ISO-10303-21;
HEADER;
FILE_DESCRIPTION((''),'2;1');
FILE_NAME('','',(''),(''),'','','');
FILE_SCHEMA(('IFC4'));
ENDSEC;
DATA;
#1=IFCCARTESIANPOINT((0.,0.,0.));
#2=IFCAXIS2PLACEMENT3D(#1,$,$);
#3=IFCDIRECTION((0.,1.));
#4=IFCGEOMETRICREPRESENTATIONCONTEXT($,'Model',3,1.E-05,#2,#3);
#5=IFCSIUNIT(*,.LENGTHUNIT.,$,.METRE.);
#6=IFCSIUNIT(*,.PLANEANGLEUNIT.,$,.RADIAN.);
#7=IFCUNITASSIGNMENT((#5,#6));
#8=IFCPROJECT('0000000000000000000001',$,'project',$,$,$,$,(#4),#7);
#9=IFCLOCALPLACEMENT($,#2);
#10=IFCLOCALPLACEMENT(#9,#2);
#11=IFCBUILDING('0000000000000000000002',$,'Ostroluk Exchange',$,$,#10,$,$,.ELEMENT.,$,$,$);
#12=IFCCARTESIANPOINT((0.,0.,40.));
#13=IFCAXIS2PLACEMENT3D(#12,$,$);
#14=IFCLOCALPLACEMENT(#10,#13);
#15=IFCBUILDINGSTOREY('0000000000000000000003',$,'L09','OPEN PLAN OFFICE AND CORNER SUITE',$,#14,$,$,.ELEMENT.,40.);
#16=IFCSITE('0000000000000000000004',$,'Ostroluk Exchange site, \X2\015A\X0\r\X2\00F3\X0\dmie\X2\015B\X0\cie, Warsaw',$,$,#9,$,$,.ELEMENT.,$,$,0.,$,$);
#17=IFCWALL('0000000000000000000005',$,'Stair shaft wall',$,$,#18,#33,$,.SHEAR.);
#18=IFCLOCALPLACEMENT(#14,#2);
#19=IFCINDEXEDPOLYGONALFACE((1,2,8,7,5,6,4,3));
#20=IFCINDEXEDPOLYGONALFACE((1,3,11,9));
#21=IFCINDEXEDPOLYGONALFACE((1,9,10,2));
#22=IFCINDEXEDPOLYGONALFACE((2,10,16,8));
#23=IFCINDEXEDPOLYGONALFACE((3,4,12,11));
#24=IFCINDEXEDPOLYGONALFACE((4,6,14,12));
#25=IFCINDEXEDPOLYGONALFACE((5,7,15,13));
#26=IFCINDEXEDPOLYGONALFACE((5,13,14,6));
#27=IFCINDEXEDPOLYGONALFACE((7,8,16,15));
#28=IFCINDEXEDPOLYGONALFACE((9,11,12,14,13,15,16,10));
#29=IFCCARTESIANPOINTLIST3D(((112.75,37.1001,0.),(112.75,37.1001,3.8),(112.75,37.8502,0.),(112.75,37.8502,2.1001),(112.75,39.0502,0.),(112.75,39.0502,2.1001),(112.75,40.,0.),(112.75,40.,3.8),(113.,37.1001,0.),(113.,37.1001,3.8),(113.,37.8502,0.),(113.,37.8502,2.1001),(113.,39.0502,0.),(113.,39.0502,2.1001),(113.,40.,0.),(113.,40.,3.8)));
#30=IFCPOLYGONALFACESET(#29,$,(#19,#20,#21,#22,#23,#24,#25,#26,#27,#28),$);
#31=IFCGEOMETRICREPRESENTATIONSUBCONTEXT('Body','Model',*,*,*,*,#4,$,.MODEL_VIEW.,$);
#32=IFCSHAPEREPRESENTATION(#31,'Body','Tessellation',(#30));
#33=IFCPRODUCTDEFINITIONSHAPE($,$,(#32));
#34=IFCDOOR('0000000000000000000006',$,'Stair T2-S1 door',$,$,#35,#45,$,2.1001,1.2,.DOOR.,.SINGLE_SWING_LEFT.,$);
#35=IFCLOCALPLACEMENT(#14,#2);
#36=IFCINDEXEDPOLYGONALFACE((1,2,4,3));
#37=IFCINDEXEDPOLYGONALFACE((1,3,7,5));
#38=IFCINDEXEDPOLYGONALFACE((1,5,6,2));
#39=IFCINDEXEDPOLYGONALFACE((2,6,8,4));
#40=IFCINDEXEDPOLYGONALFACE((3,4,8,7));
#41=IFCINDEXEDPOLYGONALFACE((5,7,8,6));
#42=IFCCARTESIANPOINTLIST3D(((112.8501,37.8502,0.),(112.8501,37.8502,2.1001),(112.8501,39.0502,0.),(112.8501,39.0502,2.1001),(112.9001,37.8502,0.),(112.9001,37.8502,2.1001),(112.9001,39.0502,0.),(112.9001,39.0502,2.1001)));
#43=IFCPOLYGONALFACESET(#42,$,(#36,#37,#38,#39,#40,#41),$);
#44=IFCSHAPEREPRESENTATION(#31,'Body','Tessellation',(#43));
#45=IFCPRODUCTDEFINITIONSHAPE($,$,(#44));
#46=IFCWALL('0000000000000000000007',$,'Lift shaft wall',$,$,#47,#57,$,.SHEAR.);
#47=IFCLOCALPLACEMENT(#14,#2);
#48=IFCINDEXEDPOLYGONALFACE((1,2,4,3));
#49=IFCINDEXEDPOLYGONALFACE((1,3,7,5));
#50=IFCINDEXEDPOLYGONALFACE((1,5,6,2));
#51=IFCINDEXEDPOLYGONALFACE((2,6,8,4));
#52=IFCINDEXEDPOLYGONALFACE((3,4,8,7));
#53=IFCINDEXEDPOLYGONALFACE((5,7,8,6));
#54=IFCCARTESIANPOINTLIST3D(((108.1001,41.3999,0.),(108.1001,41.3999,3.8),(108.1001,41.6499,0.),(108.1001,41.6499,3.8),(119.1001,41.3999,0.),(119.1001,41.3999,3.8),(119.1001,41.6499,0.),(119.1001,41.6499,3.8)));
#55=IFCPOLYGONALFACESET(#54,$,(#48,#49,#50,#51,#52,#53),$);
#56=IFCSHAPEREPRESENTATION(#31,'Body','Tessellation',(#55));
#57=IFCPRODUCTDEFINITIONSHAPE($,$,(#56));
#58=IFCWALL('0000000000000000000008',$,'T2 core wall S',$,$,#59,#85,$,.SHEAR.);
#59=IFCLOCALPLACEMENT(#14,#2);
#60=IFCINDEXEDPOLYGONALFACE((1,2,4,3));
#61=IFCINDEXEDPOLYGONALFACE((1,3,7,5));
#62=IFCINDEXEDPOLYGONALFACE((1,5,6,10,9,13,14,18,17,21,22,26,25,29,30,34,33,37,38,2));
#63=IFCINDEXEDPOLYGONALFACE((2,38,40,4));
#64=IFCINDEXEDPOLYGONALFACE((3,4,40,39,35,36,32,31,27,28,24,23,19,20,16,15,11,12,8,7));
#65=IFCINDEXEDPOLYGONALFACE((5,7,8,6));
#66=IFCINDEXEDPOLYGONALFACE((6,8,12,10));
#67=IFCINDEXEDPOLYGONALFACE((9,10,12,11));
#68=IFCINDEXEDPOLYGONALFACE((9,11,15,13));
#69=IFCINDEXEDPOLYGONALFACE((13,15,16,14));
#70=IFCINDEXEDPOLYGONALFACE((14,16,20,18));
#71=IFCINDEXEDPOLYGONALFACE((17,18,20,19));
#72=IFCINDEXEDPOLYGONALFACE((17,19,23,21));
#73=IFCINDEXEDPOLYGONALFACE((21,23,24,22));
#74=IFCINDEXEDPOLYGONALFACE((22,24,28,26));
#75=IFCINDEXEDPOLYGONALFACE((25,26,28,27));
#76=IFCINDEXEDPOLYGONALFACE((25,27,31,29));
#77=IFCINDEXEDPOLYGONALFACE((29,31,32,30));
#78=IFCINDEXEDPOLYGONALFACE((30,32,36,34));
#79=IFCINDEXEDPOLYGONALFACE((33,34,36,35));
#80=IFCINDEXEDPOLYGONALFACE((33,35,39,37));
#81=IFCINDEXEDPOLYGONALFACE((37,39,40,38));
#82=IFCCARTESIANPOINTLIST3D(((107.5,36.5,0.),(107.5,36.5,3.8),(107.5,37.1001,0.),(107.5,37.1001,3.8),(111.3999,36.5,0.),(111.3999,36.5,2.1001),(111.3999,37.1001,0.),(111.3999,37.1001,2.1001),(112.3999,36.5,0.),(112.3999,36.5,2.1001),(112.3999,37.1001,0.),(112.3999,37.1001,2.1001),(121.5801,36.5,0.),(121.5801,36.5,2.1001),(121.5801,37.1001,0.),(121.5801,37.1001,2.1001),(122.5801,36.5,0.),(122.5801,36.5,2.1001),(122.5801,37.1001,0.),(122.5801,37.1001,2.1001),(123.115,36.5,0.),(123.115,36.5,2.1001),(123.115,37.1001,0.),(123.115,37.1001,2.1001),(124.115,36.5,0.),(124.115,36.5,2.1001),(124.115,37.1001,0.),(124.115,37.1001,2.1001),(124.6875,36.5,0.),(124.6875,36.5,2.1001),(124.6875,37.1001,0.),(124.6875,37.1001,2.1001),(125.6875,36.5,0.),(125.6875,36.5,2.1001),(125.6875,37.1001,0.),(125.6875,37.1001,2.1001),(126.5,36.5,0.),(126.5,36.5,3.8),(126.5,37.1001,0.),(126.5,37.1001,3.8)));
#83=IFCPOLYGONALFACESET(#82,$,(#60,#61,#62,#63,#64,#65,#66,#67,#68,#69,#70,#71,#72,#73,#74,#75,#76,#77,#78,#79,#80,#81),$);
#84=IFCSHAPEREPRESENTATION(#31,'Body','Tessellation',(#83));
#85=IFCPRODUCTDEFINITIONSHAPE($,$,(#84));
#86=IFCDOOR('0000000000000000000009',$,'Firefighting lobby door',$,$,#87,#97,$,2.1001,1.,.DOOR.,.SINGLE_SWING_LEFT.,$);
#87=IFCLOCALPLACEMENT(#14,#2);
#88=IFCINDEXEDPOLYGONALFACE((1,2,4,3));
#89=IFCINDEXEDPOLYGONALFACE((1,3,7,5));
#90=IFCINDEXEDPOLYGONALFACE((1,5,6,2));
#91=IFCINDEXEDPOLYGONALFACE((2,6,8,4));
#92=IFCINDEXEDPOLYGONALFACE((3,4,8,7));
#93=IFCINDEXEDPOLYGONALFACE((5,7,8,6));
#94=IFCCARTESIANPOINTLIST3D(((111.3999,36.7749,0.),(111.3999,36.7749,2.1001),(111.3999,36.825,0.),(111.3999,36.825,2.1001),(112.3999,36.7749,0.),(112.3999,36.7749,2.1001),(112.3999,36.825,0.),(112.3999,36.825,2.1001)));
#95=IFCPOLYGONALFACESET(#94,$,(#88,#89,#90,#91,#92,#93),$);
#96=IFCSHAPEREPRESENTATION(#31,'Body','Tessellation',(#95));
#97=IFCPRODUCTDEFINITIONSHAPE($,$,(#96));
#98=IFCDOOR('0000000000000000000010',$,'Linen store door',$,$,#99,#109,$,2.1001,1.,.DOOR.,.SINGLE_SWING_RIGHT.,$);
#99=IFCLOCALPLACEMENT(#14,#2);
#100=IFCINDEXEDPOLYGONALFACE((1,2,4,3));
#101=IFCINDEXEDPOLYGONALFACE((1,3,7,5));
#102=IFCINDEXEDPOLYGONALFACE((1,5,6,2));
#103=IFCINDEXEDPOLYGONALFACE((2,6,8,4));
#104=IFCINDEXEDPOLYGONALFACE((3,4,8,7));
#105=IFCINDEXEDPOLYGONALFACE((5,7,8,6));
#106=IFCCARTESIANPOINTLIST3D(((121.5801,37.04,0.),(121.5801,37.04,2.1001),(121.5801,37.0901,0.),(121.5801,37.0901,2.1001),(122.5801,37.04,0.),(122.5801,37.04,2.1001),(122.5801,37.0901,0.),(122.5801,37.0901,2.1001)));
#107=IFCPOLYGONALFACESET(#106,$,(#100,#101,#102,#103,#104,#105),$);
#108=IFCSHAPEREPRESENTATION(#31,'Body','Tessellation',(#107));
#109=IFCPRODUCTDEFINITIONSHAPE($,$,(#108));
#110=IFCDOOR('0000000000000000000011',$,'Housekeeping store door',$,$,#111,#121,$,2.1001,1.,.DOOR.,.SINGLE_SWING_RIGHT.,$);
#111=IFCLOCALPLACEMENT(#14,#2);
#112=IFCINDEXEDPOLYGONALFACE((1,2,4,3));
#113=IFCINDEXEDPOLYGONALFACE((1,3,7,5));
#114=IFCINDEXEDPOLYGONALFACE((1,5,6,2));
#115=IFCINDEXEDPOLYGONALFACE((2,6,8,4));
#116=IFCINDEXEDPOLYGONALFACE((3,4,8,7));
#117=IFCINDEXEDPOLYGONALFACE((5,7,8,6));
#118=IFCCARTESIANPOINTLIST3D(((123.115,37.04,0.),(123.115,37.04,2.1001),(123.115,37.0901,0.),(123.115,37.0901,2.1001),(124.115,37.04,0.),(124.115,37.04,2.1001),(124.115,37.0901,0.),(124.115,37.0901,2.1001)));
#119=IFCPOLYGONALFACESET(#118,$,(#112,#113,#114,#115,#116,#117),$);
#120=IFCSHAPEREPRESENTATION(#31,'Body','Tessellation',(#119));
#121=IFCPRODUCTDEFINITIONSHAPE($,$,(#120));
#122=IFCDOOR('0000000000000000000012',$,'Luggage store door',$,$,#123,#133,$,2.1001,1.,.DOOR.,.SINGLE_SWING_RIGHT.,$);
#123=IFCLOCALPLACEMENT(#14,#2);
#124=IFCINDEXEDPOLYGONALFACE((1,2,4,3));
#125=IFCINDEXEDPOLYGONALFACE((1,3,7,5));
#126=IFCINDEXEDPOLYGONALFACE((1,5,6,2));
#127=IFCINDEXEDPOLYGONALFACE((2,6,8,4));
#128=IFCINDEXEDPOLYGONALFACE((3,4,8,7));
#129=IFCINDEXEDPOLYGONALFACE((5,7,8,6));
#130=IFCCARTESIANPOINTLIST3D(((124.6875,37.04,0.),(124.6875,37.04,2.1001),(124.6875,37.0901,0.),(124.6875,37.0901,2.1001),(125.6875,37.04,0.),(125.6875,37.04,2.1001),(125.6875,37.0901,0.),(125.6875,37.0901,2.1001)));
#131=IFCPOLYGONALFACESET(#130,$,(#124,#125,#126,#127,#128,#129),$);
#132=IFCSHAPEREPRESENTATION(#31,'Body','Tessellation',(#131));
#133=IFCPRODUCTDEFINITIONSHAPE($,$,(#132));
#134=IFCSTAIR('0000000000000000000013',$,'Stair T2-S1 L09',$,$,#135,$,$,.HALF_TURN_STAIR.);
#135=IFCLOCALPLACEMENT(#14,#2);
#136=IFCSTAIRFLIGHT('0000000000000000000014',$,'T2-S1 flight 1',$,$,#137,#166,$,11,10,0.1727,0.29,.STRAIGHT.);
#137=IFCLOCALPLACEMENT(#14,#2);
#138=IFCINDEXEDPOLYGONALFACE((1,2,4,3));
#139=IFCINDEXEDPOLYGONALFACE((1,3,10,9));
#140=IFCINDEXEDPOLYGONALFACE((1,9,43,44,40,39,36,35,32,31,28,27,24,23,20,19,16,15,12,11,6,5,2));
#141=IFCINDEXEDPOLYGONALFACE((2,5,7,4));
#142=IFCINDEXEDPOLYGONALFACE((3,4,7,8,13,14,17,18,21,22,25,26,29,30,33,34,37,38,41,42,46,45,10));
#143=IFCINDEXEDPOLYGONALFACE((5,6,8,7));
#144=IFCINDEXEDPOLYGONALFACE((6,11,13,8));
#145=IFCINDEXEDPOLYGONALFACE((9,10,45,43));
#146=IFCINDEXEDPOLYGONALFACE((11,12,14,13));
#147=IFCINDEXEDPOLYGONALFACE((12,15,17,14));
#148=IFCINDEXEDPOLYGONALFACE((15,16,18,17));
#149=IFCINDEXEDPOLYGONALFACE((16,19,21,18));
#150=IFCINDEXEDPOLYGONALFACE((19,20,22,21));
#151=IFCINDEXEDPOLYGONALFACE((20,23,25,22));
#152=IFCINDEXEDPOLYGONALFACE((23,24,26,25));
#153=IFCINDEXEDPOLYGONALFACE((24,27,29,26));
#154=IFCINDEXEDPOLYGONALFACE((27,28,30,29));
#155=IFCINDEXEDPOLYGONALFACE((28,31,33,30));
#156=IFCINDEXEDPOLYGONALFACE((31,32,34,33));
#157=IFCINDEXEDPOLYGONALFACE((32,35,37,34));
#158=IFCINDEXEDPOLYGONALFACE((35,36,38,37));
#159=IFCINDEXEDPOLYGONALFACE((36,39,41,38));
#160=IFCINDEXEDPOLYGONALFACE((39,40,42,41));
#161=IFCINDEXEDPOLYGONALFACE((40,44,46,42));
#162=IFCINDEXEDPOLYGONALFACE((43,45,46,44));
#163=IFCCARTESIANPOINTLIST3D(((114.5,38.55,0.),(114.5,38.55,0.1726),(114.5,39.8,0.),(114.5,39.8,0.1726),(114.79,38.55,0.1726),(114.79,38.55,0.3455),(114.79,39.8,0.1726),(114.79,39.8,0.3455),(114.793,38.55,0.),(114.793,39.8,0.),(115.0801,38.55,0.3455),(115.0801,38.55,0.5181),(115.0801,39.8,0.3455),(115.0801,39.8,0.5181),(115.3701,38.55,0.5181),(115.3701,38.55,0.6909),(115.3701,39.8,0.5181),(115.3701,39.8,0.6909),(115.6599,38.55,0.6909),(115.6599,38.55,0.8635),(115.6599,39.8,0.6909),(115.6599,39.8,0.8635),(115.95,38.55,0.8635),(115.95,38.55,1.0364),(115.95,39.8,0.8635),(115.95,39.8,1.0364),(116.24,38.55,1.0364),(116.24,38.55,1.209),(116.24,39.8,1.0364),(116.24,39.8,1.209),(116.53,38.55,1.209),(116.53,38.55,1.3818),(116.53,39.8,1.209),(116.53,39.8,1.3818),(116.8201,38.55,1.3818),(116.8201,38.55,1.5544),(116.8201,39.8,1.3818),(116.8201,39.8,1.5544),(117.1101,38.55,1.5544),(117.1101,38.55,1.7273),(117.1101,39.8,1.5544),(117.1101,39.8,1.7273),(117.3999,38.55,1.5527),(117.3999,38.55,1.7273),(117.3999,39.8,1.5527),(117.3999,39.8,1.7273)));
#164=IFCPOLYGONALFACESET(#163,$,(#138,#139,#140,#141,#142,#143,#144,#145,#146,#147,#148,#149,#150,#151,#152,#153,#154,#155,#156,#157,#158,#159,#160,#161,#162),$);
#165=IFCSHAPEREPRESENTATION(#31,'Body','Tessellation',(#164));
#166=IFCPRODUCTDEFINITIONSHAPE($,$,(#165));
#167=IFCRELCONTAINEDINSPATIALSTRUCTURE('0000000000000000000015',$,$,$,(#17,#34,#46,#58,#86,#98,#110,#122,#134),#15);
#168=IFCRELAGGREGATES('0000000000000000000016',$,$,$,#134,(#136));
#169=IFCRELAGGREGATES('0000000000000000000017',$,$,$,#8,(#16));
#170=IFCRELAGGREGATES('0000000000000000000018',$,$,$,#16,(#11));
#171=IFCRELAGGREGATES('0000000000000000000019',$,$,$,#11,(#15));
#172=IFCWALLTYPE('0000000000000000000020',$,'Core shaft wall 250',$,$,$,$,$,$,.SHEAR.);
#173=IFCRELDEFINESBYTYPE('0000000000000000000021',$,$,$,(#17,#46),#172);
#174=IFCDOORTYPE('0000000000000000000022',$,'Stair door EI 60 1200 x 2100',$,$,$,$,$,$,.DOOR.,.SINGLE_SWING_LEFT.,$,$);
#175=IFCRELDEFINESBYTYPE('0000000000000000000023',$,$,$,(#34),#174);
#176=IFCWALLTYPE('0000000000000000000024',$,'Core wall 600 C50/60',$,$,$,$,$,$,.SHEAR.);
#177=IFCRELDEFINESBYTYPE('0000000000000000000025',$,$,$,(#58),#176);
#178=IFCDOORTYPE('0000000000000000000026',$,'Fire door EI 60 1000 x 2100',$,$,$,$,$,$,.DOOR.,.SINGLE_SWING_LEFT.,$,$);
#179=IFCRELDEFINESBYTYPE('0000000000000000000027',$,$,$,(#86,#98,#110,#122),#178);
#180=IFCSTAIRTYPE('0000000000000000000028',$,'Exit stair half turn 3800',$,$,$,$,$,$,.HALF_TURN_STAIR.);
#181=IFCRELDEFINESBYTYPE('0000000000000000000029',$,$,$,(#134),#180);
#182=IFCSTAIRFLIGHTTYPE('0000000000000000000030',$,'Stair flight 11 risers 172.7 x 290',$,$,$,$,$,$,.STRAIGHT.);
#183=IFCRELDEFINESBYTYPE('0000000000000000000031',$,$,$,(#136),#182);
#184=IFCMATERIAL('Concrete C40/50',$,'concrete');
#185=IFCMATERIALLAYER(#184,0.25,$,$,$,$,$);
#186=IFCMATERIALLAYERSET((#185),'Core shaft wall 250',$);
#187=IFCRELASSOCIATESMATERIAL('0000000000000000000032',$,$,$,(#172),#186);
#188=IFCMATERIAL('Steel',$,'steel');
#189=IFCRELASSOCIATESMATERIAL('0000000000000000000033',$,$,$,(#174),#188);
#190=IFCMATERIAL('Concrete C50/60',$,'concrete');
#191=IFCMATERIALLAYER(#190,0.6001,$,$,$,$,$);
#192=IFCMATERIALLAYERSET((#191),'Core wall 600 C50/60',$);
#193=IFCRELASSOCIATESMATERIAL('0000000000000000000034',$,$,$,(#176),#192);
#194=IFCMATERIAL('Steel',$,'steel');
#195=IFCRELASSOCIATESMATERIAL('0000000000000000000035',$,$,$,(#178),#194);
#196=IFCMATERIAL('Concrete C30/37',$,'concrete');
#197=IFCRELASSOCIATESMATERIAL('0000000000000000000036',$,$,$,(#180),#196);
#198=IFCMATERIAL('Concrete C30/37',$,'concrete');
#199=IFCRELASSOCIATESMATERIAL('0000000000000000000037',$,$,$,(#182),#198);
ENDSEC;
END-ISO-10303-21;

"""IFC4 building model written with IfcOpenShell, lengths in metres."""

from ifc_helpers import new_model, si_unit, direction, frame, frame_2d, origin, place, context, subcontext, project, spatial, polyline, rectangle, outline, extrude, material, layer, layer_set, type_object, element, fill, aggregate, save


model = new_model("IFC4")

# Units and contexts
model_context = context("Model", 3, precision=1e-05, world=origin(), true_north=direction((0.0, 1.0)))
body_context = subcontext(model_context, "Body", "Model", "MODEL_VIEW")
ifc_project = project(units=[si_unit("LENGTHUNIT", "METRE"), si_unit("PLANEANGLEUNIT", "RADIAN")], contexts=[model_context])

# Site, building, storey
site_placement = place(None, origin())
site = spatial("IfcSite", under=ifc_project, at=site_placement, Name="Ostroluk Exchange site, Śródmieście, Warsaw", CompositionType="ELEMENT", RefElevation=0.0)
building_placement = place(site_placement, origin())
building = spatial("IfcBuilding", under=site, at=building_placement, Name="Ostroluk Exchange", CompositionType="ELEMENT")
storey_placement = place(building_placement, frame((0.0, 0.0, 40.0)))
storey = spatial("IfcBuildingStorey", under=building, at=storey_placement, Name="L09", Description="OPEN PLAN OFFICE AND CORNER SUITE", CompositionType="ELEMENT", Elevation=40.0)

# Wall, opening, door
ifc_material_1 = material(Name="Concrete C40/50", Category="concrete")
ifc_layer_1 = layer(ifc_material_1, 0.25)
ifc_layer_set_1 = layer_set([ifc_layer_1], Name="Core shaft wall 250")
wall_type_1 = type_object("IfcWallType", Name="Core shaft wall 250", PredefinedType="SHEAR", material=ifc_layer_set_1)
wall_1_placement = place(storey_placement, frame((112.875, 37.1001, 0.0), z_axis=(0.0, 0.0, 1.0), x_axis=(0.0, 1.0, 0.0)))
wall_1 = element("IfcWall", 1, at=wall_1_placement, inside=storey, type_object=wall_type_1, Name="Stair shaft wall", PredefinedType="SHEAR", context=body_context, shape_type="SweptSolid", body=[
    extrude(rectangle(XDim=2.8999, YDim=0.25, at=frame_2d((1.45, 0.0))), origin(), (0.0, 0.0, 1.0), 3.8),
])
opening_1_placement = place(wall_1_placement, frame((0.75, 0.0, 0.0)))
opening_1 = element("IfcOpeningElement", 2, at=opening_1_placement, cuts=wall_1, PredefinedType="OPENING", context=body_context, shape_type="SweptSolid", body=[
    extrude(rectangle(XDim=1.2, YDim=2.1001, at=frame_2d((0.6001, 1.05))), frame((0.0, 0.135, 0.0), z_axis=(0.0, -1.0, 0.0), x_axis=(1.0, 0.0, 0.0)), (0.0, 0.0, 1.0), 0.27),
])
ifc_material_2 = material(Name="Steel", Category="steel")
door_type_1 = type_object("IfcDoorType", Name="Stair door EI 60 1200 x 2100", OperationType="SINGLE_SWING_LEFT", PredefinedType="DOOR", material=ifc_material_2)
door_1_placement = place(opening_1_placement, origin())
door_1 = element("IfcDoor", 3, at=door_1_placement, inside=storey, type_object=door_type_1, Name="Stair T2-S1 door", OperationType="SINGLE_SWING_LEFT", OverallHeight=2.1001, OverallWidth=1.2, PredefinedType="DOOR", context=body_context, shape_type="SweptSolid", body=[
    extrude(rectangle(XDim=1.2, YDim=2.1001, at=frame_2d((0.6001, 1.05))), frame((0.0, 0.0249, 0.0), z_axis=(0.0, -1.0, 0.0), x_axis=(1.0, 0.0, 0.0)), (0.0, 0.0, 1.0), 0.05),
])
fill(opening_1, door_1)

# Wall
wall_2_placement = place(storey_placement, frame((108.1001, 41.5249, 0.0), z_axis=(0.0, 0.0, 1.0), x_axis=(1.0, 0.0, 0.0)))
element("IfcWall", 4, at=wall_2_placement, inside=storey, type_object=wall_type_1, Name="Lift shaft wall", PredefinedType="SHEAR", context=body_context, shape_type="SweptSolid", body=[
    extrude(rectangle(XDim=11.0, YDim=0.25, at=frame_2d((5.5, 0.0))), origin(), (0.0, 0.0, 1.0), 3.8),
])

# Wall, openings, doors
ifc_material_3 = material(Name="Concrete C50/60", Category="concrete")
ifc_layer_2 = layer(ifc_material_3, 0.6001)
ifc_layer_set_2 = layer_set([ifc_layer_2], Name="Core wall 600 C50/60")
wall_type_2 = type_object("IfcWallType", Name="Core wall 600 C50/60", PredefinedType="SHEAR", material=ifc_layer_set_2)
wall_3_placement = place(storey_placement, frame((107.5, 36.8, 0.0), z_axis=(0.0, 0.0, 1.0), x_axis=(1.0, 0.0, 0.0)))
wall_3 = element("IfcWall", 5, at=wall_3_placement, inside=storey, type_object=wall_type_2, Name="T2 core wall S", PredefinedType="SHEAR", context=body_context, shape_type="SweptSolid", body=[
    extrude(rectangle(XDim=19.0, YDim=0.6001, at=frame_2d((9.5, 0.0))), origin(), (0.0, 0.0, 1.0), 3.8),
])
opening_2_placement = place(wall_3_placement, frame((3.8999, 0.0, 0.0)))
opening_2 = element("IfcOpeningElement", 6, at=opening_2_placement, cuts=wall_3, PredefinedType="OPENING", context=body_context, shape_type="SweptSolid", body=[
    extrude(rectangle(XDim=1.0, YDim=2.1001, at=frame_2d((0.5, 1.05))), frame((0.0, 0.3101, 0.0), z_axis=(0.0, -1.0, 0.0), x_axis=(1.0, 0.0, 0.0)), (0.0, 0.0, 1.0), 0.6201),
])
opening_3_placement = place(wall_3_placement, frame((14.0801, 0.0, 0.0)))
opening_3 = element("IfcOpeningElement", 7, at=opening_3_placement, cuts=wall_3, PredefinedType="OPENING", context=body_context, shape_type="SweptSolid", body=[
    extrude(rectangle(XDim=1.0, YDim=2.1001, at=frame_2d((0.5, 1.05))), frame((0.0, 0.3101, 0.0), z_axis=(0.0, -1.0, 0.0), x_axis=(1.0, 0.0, 0.0)), (0.0, 0.0, 1.0), 0.6201),
])
opening_4_placement = place(wall_3_placement, frame((15.615, 0.0, 0.0)))
opening_4 = element("IfcOpeningElement", 8, at=opening_4_placement, cuts=wall_3, PredefinedType="OPENING", context=body_context, shape_type="SweptSolid", body=[
    extrude(rectangle(XDim=1.0, YDim=2.1001, at=frame_2d((0.5, 1.05))), frame((0.0, 0.3101, 0.0), z_axis=(0.0, -1.0, 0.0), x_axis=(1.0, 0.0, 0.0)), (0.0, 0.0, 1.0), 0.6201),
])
opening_5_placement = place(wall_3_placement, frame((17.1875, 0.0, 0.0)))
opening_5 = element("IfcOpeningElement", 9, at=opening_5_placement, cuts=wall_3, PredefinedType="OPENING", context=body_context, shape_type="SweptSolid", body=[
    extrude(rectangle(XDim=1.0, YDim=2.1001, at=frame_2d((0.5, 1.05))), frame((0.0, 0.3101, 0.0), z_axis=(0.0, -1.0, 0.0), x_axis=(1.0, 0.0, 0.0)), (0.0, 0.0, 1.0), 0.6201),
])
ifc_material_4 = material(Name="Steel", Category="steel")
door_type_2 = type_object("IfcDoorType", Name="Fire door EI 60 1000 x 2100", OperationType="SINGLE_SWING_LEFT", PredefinedType="DOOR", material=ifc_material_4)
door_2_placement = place(opening_2_placement, origin())
door_2 = element("IfcDoor", 10, at=door_2_placement, inside=storey, type_object=door_type_2, Name="Firefighting lobby door", OperationType="SINGLE_SWING_LEFT", OverallHeight=2.1001, OverallWidth=1.0, PredefinedType="DOOR", context=body_context, shape_type="SweptSolid", body=[
    extrude(rectangle(XDim=1.0, YDim=2.1001, at=frame_2d((0.5, 1.05))), frame((0.0, 0.0249, 0.0), z_axis=(0.0, -1.0, 0.0), x_axis=(1.0, 0.0, 0.0)), (0.0, 0.0, 1.0), 0.05),
])
fill(opening_2, door_2)
door_3_placement = place(opening_3_placement, origin())
door_3 = element("IfcDoor", 11, at=door_3_placement, inside=storey, type_object=door_type_2, Name="Linen store door", OperationType="SINGLE_SWING_RIGHT", OverallHeight=2.1001, OverallWidth=1.0, PredefinedType="DOOR", context=body_context, shape_type="SweptSolid", body=[
    extrude(rectangle(XDim=1.0, YDim=2.1001, at=frame_2d((0.5, 1.05))), frame((0.0, 0.29, 0.0), z_axis=(0.0, -1.0, 0.0), x_axis=(1.0, 0.0, 0.0)), (0.0, 0.0, 1.0), 0.05),
])
fill(opening_3, door_3)
door_4_placement = place(opening_4_placement, origin())
door_4 = element("IfcDoor", 12, at=door_4_placement, inside=storey, type_object=door_type_2, Name="Housekeeping store door", OperationType="SINGLE_SWING_RIGHT", OverallHeight=2.1001, OverallWidth=1.0, PredefinedType="DOOR", context=body_context, shape_type="SweptSolid", body=[
    extrude(rectangle(XDim=1.0, YDim=2.1001, at=frame_2d((0.5, 1.05))), frame((0.0, 0.29, 0.0), z_axis=(0.0, -1.0, 0.0), x_axis=(1.0, 0.0, 0.0)), (0.0, 0.0, 1.0), 0.05),
])
fill(opening_4, door_4)
door_5_placement = place(opening_5_placement, origin())
door_5 = element("IfcDoor", 13, at=door_5_placement, inside=storey, type_object=door_type_2, Name="Luggage store door", OperationType="SINGLE_SWING_RIGHT", OverallHeight=2.1001, OverallWidth=1.0, PredefinedType="DOOR", context=body_context, shape_type="SweptSolid", body=[
    extrude(rectangle(XDim=1.0, YDim=2.1001, at=frame_2d((0.5, 1.05))), frame((0.0, 0.29, 0.0), z_axis=(0.0, -1.0, 0.0), x_axis=(1.0, 0.0, 0.0)), (0.0, 0.0, 1.0), 0.05),
])
fill(opening_5, door_5)

# Stair, stair flight
ifc_material_5 = material(Name="Concrete C30/37", Category="concrete")
stair_type = type_object("IfcStairType", Name="Exit stair half turn 3800", PredefinedType="HALF_TURN_STAIR", material=ifc_material_5)
stair_placement = place(storey_placement, origin())
stair = element("IfcStair", 14, at=stair_placement, inside=storey, type_object=stair_type, Name="Stair T2-S1 L09", PredefinedType="HALF_TURN_STAIR")
ifc_material_6 = material(Name="Concrete C30/37", Category="concrete")
stair_flight_type = type_object("IfcStairFlightType", Name="Stair flight 11 risers 172.7 x 290", PredefinedType="STRAIGHT", material=ifc_material_6)
stair_flight_placement = place(storey_placement, frame((114.5, 39.175, 0.0), z_axis=(0.0, 0.0, 1.0), x_axis=(1.0, 0.0, 0.0)))
stair_flight = element("IfcStairFlight", 15, at=stair_flight_placement, type_object=stair_flight_type, Name="T2-S1 flight 1", NumberOfRisers=11, NumberOfTreads=10, PredefinedType="STRAIGHT", RiserHeight=0.1727, TreadLength=0.29, context=body_context, shape_type="SweptSolid", body=[
    extrude(outline(polyline([(0.0, 0.0), (0.0, 0.1726), (0.29, 0.1726), (0.29, 0.3455), (0.5801, 0.3455), (0.5801, 0.5181), (0.8701, 0.5181), (0.8701, 0.6909), (1.1599, 0.6909), (1.1599, 0.8635), (1.45, 0.8635), (1.45, 1.0364), (1.74, 1.0364), (1.74, 1.209), (2.03, 1.209), (2.03, 1.3818), (2.3201, 1.3818), (2.3201, 1.5544), (2.6101, 1.5544), (2.6101, 1.7273), (2.8999, 1.7273), (2.8999, 1.8999), (2.8999, 1.5527), (0.293, 0.0), (0.0, 0.0)])), frame((0.0, 0.625, 0.0), z_axis=(0.0, -1.0, 0.0), x_axis=(1.0, 0.0, 0.0)), (0.0, 0.0, 1.0), 1.25),
])
aggregate(stair, [stair_flight])

save(model, "model.ifc")
